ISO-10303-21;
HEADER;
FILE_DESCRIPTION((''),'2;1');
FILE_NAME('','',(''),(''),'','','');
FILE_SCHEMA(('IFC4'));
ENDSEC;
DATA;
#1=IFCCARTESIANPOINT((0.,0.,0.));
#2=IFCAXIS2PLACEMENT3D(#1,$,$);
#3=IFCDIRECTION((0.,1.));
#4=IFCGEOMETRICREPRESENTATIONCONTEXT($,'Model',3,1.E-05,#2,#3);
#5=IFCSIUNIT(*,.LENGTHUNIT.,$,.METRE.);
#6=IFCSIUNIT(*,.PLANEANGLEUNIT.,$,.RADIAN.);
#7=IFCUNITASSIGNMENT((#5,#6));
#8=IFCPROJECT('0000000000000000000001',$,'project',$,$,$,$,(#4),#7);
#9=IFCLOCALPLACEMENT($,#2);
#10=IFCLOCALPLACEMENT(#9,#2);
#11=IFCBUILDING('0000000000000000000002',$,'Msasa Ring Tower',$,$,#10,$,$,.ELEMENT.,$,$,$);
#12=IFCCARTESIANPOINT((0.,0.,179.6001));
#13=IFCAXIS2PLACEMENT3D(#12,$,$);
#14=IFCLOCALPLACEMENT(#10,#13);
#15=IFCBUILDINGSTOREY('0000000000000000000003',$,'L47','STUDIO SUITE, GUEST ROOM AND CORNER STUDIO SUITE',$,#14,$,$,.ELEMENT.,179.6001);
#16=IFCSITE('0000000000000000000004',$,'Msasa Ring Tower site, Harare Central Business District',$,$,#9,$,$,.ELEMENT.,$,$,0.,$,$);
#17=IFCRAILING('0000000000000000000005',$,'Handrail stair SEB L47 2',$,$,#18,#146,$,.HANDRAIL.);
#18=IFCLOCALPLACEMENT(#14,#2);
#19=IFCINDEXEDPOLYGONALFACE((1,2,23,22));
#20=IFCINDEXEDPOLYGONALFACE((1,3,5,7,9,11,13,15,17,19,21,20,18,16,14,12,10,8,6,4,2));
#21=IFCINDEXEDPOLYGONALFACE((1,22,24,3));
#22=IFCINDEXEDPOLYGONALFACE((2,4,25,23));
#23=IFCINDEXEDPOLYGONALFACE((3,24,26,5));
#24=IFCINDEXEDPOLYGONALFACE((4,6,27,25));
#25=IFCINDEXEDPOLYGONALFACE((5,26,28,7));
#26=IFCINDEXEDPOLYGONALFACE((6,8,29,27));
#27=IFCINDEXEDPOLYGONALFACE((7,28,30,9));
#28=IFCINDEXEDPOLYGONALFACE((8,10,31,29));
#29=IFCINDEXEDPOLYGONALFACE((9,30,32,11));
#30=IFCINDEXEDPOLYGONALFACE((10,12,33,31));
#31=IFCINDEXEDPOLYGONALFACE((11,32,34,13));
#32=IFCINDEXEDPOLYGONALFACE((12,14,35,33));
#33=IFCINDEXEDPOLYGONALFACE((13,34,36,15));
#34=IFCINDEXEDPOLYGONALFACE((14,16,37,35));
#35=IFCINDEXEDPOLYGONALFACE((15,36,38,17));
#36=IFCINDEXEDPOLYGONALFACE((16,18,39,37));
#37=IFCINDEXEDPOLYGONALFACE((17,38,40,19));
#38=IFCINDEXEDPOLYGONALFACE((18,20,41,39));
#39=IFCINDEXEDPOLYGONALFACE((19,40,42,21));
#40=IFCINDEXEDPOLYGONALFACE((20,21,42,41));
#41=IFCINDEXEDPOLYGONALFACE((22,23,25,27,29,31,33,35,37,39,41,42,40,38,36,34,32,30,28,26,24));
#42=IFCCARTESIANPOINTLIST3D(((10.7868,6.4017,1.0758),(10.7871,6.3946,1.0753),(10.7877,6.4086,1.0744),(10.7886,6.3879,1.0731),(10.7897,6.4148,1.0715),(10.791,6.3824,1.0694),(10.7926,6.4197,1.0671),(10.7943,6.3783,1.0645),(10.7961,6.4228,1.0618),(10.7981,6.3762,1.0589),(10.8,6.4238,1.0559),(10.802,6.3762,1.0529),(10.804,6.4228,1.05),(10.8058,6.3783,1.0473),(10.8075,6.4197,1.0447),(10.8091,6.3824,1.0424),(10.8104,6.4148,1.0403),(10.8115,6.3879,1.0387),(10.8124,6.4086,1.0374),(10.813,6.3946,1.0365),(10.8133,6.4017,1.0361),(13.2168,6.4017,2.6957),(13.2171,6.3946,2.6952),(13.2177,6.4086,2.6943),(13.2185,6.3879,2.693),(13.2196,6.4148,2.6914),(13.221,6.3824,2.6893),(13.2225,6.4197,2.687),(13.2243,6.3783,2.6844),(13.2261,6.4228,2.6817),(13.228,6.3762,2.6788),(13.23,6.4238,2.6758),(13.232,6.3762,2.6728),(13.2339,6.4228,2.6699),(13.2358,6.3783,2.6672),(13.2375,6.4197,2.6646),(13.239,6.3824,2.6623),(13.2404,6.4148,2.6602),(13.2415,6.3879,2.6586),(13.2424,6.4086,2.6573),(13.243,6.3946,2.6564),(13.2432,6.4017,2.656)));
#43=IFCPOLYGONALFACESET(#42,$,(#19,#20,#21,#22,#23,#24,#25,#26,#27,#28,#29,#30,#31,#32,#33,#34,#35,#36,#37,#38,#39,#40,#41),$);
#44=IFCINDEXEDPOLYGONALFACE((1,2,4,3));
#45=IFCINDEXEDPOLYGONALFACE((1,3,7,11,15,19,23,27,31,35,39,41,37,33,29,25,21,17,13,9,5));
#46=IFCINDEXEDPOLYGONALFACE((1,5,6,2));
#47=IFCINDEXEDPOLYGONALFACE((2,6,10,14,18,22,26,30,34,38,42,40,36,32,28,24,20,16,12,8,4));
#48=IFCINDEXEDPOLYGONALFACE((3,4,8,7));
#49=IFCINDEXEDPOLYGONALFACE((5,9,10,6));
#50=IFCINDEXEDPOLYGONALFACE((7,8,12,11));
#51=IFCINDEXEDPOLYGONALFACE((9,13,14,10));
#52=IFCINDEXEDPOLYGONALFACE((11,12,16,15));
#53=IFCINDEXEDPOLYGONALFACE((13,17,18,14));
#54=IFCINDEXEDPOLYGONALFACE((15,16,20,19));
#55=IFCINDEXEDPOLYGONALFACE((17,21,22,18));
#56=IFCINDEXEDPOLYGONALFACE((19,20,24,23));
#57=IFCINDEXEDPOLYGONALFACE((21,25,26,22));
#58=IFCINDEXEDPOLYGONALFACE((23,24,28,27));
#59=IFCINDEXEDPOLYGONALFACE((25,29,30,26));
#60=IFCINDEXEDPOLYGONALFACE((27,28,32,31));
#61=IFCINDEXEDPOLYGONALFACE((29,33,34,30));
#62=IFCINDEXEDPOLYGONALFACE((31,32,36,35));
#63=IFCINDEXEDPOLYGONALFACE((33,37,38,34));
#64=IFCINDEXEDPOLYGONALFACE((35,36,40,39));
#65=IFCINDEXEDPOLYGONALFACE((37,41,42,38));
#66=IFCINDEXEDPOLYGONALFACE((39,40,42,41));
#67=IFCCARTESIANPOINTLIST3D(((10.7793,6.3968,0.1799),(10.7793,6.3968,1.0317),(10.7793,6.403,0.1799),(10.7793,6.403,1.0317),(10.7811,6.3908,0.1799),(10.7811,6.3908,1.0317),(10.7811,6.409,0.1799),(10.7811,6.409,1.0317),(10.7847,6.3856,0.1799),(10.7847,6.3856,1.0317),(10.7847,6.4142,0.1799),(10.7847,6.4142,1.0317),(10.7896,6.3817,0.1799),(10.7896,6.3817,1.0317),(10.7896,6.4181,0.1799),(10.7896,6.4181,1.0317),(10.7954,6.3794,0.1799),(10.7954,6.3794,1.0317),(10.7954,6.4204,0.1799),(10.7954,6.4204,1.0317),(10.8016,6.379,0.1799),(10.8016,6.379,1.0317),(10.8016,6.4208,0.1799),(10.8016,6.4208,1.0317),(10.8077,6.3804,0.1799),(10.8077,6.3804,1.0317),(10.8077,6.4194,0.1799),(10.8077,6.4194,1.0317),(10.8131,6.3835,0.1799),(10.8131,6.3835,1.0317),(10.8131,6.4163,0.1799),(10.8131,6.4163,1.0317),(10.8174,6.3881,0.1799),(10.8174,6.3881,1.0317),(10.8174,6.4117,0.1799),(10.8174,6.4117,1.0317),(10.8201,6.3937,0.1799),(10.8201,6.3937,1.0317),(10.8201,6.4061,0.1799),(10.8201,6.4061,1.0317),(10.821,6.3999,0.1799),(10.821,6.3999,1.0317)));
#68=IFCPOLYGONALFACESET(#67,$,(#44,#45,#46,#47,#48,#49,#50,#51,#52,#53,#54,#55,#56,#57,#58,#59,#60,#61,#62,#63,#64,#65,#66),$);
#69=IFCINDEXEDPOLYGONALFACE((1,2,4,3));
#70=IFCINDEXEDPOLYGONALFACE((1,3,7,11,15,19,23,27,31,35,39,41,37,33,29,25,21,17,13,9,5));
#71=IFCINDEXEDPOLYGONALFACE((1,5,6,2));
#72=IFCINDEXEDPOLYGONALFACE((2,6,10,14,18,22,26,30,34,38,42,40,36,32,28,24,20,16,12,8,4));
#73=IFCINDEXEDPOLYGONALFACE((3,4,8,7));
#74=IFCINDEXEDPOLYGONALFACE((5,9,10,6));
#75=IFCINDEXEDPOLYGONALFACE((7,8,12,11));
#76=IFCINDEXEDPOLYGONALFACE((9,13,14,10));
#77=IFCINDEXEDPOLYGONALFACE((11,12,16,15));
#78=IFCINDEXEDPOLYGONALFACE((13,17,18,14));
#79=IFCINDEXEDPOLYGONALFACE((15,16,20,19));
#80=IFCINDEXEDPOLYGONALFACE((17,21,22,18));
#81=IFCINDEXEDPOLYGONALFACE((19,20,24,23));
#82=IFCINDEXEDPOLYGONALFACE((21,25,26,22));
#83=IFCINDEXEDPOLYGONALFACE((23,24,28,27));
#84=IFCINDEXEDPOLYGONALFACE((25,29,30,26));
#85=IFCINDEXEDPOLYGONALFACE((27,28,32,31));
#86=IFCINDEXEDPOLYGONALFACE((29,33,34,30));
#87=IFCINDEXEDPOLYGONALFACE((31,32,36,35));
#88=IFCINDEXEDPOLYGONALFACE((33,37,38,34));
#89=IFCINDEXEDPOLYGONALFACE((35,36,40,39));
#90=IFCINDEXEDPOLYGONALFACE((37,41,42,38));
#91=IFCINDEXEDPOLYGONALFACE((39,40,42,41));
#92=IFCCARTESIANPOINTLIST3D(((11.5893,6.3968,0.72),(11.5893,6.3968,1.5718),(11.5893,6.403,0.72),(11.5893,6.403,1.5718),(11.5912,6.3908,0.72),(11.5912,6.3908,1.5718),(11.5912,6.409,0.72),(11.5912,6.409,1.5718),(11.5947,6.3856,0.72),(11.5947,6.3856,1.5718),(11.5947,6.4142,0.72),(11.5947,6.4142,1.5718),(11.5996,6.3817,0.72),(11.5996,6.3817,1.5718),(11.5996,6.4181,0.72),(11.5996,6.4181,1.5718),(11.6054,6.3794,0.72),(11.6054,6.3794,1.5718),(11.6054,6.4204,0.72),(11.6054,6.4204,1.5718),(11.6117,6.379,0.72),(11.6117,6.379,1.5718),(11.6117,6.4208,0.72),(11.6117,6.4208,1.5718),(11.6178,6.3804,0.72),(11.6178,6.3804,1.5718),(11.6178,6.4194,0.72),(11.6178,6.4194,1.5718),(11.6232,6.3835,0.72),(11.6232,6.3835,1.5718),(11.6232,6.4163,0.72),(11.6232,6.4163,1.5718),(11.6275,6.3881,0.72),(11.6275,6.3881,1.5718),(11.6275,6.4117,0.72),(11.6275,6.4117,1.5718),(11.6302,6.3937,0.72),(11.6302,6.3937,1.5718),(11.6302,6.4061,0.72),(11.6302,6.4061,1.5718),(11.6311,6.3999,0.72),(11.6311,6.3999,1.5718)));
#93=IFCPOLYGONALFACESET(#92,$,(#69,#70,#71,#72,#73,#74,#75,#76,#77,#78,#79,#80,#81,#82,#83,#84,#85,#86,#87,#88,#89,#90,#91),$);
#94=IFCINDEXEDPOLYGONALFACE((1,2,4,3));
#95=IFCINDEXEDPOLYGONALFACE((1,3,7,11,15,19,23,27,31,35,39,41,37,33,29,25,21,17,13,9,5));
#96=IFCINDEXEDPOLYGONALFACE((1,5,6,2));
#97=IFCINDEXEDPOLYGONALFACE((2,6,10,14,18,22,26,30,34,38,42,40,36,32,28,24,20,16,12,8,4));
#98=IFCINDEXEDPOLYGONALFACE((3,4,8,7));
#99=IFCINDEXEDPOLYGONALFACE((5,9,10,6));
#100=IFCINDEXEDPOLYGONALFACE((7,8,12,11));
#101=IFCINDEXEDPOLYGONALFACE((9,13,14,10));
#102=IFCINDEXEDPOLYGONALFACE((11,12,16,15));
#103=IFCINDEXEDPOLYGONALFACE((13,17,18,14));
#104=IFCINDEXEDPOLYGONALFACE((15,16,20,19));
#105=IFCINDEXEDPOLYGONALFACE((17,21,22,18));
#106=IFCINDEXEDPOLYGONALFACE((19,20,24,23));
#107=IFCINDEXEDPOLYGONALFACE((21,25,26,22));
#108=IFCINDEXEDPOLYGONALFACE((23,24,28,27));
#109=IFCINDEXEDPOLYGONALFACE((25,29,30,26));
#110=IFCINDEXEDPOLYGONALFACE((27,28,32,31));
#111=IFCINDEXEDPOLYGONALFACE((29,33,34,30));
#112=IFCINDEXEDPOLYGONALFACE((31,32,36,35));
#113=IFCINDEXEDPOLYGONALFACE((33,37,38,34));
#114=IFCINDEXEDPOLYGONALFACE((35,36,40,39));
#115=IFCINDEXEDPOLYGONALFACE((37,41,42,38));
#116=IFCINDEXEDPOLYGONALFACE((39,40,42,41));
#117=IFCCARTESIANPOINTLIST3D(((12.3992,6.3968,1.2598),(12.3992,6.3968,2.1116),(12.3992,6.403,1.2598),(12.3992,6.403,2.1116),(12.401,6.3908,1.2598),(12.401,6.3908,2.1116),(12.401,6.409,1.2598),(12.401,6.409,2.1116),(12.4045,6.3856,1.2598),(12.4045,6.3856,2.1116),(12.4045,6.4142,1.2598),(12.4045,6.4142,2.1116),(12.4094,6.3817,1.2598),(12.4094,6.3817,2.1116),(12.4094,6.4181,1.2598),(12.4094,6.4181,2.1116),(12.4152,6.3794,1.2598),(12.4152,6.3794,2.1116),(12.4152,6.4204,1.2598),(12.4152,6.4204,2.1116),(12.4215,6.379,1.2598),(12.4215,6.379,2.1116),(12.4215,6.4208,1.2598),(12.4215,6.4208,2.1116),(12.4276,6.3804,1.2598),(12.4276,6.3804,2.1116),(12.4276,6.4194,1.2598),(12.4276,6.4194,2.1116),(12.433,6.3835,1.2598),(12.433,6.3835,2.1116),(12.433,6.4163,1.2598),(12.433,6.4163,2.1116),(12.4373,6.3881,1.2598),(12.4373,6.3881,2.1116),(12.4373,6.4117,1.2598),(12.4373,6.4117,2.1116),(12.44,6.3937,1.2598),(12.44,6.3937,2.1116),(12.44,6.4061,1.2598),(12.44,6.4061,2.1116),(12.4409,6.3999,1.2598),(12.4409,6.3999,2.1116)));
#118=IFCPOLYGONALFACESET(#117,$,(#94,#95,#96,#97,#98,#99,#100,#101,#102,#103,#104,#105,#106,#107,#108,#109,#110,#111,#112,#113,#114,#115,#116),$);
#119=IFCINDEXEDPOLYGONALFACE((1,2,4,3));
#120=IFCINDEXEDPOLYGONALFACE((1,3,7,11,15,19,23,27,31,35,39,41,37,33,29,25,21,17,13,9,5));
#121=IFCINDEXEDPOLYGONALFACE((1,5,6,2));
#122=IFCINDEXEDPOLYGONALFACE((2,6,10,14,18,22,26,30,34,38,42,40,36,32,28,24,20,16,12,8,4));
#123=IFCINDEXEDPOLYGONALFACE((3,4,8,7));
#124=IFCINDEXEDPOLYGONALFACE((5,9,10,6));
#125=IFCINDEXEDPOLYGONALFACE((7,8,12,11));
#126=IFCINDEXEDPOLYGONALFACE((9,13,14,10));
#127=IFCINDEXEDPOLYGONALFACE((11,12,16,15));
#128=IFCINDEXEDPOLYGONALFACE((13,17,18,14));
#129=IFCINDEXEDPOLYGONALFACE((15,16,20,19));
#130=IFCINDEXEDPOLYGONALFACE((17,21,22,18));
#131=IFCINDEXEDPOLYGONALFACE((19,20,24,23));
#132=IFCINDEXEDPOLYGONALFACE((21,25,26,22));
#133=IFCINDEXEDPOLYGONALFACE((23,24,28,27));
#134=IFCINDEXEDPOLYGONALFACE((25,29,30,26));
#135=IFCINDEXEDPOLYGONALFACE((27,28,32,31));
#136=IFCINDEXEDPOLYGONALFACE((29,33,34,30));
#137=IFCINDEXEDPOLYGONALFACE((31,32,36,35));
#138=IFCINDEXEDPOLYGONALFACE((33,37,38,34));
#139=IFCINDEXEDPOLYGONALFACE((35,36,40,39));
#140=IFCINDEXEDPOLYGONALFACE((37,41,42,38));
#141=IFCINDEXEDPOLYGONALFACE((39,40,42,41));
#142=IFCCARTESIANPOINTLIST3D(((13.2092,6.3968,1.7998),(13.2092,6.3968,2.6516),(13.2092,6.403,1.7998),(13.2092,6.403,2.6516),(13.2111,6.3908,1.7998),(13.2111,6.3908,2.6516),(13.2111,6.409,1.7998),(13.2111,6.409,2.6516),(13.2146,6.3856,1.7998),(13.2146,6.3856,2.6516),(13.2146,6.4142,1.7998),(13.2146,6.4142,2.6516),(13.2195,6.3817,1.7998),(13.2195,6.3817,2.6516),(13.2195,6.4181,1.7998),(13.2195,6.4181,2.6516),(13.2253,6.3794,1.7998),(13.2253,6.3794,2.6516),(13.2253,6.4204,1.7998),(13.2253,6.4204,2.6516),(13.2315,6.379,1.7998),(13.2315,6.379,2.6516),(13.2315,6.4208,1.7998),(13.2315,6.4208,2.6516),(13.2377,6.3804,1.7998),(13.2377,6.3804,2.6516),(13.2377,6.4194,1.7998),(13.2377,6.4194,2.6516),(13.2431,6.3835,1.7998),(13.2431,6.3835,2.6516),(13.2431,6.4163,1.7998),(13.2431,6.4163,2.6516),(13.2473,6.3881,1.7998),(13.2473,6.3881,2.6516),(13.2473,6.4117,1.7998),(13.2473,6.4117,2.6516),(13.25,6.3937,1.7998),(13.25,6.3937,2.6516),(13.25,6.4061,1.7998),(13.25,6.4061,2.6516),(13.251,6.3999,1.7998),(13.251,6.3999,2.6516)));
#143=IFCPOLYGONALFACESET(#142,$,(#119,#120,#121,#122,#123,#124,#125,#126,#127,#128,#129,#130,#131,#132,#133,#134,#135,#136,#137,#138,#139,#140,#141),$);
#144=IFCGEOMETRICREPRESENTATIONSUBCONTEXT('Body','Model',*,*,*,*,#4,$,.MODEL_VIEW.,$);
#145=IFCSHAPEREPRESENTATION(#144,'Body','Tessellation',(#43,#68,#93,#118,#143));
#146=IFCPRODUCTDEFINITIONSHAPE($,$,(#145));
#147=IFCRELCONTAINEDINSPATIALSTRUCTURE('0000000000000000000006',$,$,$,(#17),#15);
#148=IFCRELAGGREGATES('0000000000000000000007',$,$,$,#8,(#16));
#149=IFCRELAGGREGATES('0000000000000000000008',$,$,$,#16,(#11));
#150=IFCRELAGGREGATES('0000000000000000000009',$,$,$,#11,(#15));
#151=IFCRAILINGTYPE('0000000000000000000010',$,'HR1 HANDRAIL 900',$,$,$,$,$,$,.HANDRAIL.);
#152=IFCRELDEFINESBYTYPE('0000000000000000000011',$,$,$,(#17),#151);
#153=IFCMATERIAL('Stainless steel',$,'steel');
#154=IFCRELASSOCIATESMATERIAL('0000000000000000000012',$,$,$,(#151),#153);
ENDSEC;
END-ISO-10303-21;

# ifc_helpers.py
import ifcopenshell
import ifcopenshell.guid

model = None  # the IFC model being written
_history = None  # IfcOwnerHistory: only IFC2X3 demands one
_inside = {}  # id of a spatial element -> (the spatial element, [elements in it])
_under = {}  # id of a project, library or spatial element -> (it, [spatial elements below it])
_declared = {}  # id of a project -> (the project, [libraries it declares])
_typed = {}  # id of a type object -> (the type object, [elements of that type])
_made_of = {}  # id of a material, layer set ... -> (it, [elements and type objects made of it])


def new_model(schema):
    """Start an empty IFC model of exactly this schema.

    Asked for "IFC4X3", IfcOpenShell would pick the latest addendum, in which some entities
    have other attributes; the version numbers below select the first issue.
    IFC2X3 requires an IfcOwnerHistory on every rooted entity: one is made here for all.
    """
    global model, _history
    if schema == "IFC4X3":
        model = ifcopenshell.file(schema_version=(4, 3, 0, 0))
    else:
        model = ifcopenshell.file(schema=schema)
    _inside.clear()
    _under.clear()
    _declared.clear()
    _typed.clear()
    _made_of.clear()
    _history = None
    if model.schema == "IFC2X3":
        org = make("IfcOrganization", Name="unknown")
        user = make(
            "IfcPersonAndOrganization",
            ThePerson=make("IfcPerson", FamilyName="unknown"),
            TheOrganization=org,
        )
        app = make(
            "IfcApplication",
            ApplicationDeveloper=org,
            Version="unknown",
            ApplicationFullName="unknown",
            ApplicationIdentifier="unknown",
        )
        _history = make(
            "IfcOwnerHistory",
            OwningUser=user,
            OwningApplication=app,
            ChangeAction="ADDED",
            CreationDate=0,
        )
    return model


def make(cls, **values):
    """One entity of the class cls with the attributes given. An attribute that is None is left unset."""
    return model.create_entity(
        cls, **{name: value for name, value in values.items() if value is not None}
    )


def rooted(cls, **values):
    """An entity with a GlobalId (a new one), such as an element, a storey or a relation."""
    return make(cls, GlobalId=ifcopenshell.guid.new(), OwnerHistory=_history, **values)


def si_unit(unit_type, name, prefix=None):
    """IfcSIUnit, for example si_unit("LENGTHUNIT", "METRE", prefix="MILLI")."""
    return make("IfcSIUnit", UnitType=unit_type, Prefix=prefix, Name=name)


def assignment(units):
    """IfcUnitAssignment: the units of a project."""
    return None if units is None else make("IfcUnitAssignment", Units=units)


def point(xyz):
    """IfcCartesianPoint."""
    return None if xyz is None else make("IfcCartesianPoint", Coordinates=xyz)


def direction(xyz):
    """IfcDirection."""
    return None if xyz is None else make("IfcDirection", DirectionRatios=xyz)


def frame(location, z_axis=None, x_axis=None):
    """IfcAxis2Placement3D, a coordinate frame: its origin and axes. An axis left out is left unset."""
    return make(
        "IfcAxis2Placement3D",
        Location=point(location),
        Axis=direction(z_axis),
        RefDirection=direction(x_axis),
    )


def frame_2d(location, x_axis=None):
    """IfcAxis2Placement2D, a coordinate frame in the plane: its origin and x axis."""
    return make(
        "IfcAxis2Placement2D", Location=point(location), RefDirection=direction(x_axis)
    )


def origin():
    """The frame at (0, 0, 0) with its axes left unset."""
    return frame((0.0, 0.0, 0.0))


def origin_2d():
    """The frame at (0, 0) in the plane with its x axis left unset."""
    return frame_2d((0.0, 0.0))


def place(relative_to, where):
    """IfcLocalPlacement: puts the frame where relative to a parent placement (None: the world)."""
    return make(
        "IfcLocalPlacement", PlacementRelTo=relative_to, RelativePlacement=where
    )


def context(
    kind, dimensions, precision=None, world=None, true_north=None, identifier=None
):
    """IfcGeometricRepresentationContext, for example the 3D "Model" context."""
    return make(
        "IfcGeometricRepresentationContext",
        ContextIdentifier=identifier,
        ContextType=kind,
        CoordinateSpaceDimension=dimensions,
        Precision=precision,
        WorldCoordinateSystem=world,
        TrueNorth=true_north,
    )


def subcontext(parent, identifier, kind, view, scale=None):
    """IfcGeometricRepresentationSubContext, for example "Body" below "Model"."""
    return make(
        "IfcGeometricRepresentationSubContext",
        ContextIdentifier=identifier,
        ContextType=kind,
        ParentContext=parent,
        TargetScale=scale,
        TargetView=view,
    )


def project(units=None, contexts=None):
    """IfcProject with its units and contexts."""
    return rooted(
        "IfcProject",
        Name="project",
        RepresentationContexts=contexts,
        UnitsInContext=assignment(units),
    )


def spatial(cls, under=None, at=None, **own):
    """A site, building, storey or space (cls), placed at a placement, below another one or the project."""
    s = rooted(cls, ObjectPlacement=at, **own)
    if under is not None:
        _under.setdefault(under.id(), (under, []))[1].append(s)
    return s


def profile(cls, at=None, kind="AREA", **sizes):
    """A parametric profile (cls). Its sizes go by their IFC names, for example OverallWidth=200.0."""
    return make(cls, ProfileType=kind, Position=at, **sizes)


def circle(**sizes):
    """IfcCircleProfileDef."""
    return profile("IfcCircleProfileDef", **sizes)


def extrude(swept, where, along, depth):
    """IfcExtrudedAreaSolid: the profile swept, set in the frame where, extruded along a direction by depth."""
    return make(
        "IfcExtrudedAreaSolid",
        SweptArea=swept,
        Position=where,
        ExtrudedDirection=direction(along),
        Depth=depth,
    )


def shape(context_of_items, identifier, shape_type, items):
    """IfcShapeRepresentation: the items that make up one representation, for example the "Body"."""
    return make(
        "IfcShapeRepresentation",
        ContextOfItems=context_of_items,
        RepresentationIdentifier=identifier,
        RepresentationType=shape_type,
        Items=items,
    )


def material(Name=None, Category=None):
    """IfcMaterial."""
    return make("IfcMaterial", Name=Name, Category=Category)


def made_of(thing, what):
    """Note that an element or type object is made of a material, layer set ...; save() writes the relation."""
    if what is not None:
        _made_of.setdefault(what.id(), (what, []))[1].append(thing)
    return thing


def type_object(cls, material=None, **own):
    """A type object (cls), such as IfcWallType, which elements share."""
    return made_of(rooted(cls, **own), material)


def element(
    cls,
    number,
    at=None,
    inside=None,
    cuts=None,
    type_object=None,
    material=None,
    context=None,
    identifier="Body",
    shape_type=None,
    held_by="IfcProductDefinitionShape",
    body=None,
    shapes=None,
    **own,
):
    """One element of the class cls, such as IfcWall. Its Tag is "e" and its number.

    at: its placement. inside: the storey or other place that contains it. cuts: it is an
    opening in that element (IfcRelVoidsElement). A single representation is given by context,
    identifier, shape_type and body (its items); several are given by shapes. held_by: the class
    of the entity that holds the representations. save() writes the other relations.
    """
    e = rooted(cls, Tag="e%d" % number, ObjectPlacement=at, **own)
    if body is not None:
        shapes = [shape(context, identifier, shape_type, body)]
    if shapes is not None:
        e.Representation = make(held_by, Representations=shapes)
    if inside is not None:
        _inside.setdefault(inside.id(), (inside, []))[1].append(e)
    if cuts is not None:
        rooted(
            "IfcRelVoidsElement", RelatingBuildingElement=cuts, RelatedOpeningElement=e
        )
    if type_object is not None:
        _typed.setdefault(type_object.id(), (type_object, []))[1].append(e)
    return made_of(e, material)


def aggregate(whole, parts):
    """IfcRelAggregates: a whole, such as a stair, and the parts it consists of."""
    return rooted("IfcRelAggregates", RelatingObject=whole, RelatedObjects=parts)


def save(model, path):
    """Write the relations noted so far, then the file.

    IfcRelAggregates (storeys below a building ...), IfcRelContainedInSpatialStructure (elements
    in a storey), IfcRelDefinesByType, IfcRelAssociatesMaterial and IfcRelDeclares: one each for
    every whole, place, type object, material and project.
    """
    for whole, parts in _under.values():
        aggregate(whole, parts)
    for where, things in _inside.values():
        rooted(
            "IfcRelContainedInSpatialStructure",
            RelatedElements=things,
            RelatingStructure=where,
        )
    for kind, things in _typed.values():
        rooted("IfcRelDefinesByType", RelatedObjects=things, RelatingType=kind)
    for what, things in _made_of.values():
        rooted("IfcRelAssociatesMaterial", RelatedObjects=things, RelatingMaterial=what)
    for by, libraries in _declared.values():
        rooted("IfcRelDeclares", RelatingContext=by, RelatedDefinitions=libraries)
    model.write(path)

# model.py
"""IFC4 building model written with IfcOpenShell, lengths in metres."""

from ifc_helpers import new_model, si_unit, direction, frame, origin, origin_2d, place, context, subcontext, project, spatial, circle, extrude, material, type_object, element, save


model = new_model("IFC4")

# Units and contexts
model_context = context("Model", 3, precision=1e-05, world=origin(), true_north=direction((0.0, 1.0)))
body_context = subcontext(model_context, "Body", "Model", "MODEL_VIEW")
ifc_project = project(units=[si_unit("LENGTHUNIT", "METRE"), si_unit("PLANEANGLEUNIT", "RADIAN")], contexts=[model_context])

# Site, building, storey
site_placement = place(None, origin())
site = spatial("IfcSite", under=ifc_project, at=site_placement, Name="Msasa Ring Tower site, Harare Central Business District", CompositionType="ELEMENT", RefElevation=0.0)
building_placement = place(site_placement, origin())
building = spatial("IfcBuilding", under=site, at=building_placement, Name="Msasa Ring Tower", CompositionType="ELEMENT")
storey_placement = place(building_placement, frame((0.0, 0.0, 179.6001)))
storey = spatial("IfcBuildingStorey", under=building, at=storey_placement, Name="L47", Description="STUDIO SUITE, GUEST ROOM AND CORNER STUDIO SUITE", CompositionType="ELEMENT", Elevation=179.6001)

# Railing
ifc_material_1 = material(Name="Stainless steel", Category="steel")
railing_type = type_object("IfcRailingType", Name="HR1 HANDRAIL 900", PredefinedType="HANDRAIL", material=ifc_material_1)
for number, where, name in (
    (1, (10.8, 6.3999, 0.1799), "Handrail stair SEB L47 2"),
):
    element("IfcRailing", number, at=place(storey_placement, frame(where)), inside=storey, type_object=railing_type, Name=name, PredefinedType="HANDRAIL", context=body_context, shape_type="SweptSolid", body=[
        extrude(circle(Radius=0.0239, at=origin_2d()), frame((0.0, 0.0, 0.876), z_axis=(0.832063, 0.0, 0.554681), x_axis=(0.0, 1.0, 0.0)), (0.0, 0.0, 1.0), 2.9204),
        extrude(circle(Radius=0.021, at=origin_2d()), origin(), (0.0, 0.0, 1.0), 0.8518),
        extrude(circle(Radius=0.021, at=origin_2d()), frame((0.8101, 0.0, 0.54)), (0.0, 0.0, 1.0), 0.8518),
        extrude(circle(Radius=0.021, at=origin_2d()), frame((1.6199, 0.0, 1.0798)), (0.0, 0.0, 1.0), 0.8518),
        extrude(circle(Radius=0.021, at=origin_2d()), frame((2.4299, 0.0, 1.6199)), (0.0, 0.0, 1.0), 0.8518),
    ])

save(model, "model.ifc")
